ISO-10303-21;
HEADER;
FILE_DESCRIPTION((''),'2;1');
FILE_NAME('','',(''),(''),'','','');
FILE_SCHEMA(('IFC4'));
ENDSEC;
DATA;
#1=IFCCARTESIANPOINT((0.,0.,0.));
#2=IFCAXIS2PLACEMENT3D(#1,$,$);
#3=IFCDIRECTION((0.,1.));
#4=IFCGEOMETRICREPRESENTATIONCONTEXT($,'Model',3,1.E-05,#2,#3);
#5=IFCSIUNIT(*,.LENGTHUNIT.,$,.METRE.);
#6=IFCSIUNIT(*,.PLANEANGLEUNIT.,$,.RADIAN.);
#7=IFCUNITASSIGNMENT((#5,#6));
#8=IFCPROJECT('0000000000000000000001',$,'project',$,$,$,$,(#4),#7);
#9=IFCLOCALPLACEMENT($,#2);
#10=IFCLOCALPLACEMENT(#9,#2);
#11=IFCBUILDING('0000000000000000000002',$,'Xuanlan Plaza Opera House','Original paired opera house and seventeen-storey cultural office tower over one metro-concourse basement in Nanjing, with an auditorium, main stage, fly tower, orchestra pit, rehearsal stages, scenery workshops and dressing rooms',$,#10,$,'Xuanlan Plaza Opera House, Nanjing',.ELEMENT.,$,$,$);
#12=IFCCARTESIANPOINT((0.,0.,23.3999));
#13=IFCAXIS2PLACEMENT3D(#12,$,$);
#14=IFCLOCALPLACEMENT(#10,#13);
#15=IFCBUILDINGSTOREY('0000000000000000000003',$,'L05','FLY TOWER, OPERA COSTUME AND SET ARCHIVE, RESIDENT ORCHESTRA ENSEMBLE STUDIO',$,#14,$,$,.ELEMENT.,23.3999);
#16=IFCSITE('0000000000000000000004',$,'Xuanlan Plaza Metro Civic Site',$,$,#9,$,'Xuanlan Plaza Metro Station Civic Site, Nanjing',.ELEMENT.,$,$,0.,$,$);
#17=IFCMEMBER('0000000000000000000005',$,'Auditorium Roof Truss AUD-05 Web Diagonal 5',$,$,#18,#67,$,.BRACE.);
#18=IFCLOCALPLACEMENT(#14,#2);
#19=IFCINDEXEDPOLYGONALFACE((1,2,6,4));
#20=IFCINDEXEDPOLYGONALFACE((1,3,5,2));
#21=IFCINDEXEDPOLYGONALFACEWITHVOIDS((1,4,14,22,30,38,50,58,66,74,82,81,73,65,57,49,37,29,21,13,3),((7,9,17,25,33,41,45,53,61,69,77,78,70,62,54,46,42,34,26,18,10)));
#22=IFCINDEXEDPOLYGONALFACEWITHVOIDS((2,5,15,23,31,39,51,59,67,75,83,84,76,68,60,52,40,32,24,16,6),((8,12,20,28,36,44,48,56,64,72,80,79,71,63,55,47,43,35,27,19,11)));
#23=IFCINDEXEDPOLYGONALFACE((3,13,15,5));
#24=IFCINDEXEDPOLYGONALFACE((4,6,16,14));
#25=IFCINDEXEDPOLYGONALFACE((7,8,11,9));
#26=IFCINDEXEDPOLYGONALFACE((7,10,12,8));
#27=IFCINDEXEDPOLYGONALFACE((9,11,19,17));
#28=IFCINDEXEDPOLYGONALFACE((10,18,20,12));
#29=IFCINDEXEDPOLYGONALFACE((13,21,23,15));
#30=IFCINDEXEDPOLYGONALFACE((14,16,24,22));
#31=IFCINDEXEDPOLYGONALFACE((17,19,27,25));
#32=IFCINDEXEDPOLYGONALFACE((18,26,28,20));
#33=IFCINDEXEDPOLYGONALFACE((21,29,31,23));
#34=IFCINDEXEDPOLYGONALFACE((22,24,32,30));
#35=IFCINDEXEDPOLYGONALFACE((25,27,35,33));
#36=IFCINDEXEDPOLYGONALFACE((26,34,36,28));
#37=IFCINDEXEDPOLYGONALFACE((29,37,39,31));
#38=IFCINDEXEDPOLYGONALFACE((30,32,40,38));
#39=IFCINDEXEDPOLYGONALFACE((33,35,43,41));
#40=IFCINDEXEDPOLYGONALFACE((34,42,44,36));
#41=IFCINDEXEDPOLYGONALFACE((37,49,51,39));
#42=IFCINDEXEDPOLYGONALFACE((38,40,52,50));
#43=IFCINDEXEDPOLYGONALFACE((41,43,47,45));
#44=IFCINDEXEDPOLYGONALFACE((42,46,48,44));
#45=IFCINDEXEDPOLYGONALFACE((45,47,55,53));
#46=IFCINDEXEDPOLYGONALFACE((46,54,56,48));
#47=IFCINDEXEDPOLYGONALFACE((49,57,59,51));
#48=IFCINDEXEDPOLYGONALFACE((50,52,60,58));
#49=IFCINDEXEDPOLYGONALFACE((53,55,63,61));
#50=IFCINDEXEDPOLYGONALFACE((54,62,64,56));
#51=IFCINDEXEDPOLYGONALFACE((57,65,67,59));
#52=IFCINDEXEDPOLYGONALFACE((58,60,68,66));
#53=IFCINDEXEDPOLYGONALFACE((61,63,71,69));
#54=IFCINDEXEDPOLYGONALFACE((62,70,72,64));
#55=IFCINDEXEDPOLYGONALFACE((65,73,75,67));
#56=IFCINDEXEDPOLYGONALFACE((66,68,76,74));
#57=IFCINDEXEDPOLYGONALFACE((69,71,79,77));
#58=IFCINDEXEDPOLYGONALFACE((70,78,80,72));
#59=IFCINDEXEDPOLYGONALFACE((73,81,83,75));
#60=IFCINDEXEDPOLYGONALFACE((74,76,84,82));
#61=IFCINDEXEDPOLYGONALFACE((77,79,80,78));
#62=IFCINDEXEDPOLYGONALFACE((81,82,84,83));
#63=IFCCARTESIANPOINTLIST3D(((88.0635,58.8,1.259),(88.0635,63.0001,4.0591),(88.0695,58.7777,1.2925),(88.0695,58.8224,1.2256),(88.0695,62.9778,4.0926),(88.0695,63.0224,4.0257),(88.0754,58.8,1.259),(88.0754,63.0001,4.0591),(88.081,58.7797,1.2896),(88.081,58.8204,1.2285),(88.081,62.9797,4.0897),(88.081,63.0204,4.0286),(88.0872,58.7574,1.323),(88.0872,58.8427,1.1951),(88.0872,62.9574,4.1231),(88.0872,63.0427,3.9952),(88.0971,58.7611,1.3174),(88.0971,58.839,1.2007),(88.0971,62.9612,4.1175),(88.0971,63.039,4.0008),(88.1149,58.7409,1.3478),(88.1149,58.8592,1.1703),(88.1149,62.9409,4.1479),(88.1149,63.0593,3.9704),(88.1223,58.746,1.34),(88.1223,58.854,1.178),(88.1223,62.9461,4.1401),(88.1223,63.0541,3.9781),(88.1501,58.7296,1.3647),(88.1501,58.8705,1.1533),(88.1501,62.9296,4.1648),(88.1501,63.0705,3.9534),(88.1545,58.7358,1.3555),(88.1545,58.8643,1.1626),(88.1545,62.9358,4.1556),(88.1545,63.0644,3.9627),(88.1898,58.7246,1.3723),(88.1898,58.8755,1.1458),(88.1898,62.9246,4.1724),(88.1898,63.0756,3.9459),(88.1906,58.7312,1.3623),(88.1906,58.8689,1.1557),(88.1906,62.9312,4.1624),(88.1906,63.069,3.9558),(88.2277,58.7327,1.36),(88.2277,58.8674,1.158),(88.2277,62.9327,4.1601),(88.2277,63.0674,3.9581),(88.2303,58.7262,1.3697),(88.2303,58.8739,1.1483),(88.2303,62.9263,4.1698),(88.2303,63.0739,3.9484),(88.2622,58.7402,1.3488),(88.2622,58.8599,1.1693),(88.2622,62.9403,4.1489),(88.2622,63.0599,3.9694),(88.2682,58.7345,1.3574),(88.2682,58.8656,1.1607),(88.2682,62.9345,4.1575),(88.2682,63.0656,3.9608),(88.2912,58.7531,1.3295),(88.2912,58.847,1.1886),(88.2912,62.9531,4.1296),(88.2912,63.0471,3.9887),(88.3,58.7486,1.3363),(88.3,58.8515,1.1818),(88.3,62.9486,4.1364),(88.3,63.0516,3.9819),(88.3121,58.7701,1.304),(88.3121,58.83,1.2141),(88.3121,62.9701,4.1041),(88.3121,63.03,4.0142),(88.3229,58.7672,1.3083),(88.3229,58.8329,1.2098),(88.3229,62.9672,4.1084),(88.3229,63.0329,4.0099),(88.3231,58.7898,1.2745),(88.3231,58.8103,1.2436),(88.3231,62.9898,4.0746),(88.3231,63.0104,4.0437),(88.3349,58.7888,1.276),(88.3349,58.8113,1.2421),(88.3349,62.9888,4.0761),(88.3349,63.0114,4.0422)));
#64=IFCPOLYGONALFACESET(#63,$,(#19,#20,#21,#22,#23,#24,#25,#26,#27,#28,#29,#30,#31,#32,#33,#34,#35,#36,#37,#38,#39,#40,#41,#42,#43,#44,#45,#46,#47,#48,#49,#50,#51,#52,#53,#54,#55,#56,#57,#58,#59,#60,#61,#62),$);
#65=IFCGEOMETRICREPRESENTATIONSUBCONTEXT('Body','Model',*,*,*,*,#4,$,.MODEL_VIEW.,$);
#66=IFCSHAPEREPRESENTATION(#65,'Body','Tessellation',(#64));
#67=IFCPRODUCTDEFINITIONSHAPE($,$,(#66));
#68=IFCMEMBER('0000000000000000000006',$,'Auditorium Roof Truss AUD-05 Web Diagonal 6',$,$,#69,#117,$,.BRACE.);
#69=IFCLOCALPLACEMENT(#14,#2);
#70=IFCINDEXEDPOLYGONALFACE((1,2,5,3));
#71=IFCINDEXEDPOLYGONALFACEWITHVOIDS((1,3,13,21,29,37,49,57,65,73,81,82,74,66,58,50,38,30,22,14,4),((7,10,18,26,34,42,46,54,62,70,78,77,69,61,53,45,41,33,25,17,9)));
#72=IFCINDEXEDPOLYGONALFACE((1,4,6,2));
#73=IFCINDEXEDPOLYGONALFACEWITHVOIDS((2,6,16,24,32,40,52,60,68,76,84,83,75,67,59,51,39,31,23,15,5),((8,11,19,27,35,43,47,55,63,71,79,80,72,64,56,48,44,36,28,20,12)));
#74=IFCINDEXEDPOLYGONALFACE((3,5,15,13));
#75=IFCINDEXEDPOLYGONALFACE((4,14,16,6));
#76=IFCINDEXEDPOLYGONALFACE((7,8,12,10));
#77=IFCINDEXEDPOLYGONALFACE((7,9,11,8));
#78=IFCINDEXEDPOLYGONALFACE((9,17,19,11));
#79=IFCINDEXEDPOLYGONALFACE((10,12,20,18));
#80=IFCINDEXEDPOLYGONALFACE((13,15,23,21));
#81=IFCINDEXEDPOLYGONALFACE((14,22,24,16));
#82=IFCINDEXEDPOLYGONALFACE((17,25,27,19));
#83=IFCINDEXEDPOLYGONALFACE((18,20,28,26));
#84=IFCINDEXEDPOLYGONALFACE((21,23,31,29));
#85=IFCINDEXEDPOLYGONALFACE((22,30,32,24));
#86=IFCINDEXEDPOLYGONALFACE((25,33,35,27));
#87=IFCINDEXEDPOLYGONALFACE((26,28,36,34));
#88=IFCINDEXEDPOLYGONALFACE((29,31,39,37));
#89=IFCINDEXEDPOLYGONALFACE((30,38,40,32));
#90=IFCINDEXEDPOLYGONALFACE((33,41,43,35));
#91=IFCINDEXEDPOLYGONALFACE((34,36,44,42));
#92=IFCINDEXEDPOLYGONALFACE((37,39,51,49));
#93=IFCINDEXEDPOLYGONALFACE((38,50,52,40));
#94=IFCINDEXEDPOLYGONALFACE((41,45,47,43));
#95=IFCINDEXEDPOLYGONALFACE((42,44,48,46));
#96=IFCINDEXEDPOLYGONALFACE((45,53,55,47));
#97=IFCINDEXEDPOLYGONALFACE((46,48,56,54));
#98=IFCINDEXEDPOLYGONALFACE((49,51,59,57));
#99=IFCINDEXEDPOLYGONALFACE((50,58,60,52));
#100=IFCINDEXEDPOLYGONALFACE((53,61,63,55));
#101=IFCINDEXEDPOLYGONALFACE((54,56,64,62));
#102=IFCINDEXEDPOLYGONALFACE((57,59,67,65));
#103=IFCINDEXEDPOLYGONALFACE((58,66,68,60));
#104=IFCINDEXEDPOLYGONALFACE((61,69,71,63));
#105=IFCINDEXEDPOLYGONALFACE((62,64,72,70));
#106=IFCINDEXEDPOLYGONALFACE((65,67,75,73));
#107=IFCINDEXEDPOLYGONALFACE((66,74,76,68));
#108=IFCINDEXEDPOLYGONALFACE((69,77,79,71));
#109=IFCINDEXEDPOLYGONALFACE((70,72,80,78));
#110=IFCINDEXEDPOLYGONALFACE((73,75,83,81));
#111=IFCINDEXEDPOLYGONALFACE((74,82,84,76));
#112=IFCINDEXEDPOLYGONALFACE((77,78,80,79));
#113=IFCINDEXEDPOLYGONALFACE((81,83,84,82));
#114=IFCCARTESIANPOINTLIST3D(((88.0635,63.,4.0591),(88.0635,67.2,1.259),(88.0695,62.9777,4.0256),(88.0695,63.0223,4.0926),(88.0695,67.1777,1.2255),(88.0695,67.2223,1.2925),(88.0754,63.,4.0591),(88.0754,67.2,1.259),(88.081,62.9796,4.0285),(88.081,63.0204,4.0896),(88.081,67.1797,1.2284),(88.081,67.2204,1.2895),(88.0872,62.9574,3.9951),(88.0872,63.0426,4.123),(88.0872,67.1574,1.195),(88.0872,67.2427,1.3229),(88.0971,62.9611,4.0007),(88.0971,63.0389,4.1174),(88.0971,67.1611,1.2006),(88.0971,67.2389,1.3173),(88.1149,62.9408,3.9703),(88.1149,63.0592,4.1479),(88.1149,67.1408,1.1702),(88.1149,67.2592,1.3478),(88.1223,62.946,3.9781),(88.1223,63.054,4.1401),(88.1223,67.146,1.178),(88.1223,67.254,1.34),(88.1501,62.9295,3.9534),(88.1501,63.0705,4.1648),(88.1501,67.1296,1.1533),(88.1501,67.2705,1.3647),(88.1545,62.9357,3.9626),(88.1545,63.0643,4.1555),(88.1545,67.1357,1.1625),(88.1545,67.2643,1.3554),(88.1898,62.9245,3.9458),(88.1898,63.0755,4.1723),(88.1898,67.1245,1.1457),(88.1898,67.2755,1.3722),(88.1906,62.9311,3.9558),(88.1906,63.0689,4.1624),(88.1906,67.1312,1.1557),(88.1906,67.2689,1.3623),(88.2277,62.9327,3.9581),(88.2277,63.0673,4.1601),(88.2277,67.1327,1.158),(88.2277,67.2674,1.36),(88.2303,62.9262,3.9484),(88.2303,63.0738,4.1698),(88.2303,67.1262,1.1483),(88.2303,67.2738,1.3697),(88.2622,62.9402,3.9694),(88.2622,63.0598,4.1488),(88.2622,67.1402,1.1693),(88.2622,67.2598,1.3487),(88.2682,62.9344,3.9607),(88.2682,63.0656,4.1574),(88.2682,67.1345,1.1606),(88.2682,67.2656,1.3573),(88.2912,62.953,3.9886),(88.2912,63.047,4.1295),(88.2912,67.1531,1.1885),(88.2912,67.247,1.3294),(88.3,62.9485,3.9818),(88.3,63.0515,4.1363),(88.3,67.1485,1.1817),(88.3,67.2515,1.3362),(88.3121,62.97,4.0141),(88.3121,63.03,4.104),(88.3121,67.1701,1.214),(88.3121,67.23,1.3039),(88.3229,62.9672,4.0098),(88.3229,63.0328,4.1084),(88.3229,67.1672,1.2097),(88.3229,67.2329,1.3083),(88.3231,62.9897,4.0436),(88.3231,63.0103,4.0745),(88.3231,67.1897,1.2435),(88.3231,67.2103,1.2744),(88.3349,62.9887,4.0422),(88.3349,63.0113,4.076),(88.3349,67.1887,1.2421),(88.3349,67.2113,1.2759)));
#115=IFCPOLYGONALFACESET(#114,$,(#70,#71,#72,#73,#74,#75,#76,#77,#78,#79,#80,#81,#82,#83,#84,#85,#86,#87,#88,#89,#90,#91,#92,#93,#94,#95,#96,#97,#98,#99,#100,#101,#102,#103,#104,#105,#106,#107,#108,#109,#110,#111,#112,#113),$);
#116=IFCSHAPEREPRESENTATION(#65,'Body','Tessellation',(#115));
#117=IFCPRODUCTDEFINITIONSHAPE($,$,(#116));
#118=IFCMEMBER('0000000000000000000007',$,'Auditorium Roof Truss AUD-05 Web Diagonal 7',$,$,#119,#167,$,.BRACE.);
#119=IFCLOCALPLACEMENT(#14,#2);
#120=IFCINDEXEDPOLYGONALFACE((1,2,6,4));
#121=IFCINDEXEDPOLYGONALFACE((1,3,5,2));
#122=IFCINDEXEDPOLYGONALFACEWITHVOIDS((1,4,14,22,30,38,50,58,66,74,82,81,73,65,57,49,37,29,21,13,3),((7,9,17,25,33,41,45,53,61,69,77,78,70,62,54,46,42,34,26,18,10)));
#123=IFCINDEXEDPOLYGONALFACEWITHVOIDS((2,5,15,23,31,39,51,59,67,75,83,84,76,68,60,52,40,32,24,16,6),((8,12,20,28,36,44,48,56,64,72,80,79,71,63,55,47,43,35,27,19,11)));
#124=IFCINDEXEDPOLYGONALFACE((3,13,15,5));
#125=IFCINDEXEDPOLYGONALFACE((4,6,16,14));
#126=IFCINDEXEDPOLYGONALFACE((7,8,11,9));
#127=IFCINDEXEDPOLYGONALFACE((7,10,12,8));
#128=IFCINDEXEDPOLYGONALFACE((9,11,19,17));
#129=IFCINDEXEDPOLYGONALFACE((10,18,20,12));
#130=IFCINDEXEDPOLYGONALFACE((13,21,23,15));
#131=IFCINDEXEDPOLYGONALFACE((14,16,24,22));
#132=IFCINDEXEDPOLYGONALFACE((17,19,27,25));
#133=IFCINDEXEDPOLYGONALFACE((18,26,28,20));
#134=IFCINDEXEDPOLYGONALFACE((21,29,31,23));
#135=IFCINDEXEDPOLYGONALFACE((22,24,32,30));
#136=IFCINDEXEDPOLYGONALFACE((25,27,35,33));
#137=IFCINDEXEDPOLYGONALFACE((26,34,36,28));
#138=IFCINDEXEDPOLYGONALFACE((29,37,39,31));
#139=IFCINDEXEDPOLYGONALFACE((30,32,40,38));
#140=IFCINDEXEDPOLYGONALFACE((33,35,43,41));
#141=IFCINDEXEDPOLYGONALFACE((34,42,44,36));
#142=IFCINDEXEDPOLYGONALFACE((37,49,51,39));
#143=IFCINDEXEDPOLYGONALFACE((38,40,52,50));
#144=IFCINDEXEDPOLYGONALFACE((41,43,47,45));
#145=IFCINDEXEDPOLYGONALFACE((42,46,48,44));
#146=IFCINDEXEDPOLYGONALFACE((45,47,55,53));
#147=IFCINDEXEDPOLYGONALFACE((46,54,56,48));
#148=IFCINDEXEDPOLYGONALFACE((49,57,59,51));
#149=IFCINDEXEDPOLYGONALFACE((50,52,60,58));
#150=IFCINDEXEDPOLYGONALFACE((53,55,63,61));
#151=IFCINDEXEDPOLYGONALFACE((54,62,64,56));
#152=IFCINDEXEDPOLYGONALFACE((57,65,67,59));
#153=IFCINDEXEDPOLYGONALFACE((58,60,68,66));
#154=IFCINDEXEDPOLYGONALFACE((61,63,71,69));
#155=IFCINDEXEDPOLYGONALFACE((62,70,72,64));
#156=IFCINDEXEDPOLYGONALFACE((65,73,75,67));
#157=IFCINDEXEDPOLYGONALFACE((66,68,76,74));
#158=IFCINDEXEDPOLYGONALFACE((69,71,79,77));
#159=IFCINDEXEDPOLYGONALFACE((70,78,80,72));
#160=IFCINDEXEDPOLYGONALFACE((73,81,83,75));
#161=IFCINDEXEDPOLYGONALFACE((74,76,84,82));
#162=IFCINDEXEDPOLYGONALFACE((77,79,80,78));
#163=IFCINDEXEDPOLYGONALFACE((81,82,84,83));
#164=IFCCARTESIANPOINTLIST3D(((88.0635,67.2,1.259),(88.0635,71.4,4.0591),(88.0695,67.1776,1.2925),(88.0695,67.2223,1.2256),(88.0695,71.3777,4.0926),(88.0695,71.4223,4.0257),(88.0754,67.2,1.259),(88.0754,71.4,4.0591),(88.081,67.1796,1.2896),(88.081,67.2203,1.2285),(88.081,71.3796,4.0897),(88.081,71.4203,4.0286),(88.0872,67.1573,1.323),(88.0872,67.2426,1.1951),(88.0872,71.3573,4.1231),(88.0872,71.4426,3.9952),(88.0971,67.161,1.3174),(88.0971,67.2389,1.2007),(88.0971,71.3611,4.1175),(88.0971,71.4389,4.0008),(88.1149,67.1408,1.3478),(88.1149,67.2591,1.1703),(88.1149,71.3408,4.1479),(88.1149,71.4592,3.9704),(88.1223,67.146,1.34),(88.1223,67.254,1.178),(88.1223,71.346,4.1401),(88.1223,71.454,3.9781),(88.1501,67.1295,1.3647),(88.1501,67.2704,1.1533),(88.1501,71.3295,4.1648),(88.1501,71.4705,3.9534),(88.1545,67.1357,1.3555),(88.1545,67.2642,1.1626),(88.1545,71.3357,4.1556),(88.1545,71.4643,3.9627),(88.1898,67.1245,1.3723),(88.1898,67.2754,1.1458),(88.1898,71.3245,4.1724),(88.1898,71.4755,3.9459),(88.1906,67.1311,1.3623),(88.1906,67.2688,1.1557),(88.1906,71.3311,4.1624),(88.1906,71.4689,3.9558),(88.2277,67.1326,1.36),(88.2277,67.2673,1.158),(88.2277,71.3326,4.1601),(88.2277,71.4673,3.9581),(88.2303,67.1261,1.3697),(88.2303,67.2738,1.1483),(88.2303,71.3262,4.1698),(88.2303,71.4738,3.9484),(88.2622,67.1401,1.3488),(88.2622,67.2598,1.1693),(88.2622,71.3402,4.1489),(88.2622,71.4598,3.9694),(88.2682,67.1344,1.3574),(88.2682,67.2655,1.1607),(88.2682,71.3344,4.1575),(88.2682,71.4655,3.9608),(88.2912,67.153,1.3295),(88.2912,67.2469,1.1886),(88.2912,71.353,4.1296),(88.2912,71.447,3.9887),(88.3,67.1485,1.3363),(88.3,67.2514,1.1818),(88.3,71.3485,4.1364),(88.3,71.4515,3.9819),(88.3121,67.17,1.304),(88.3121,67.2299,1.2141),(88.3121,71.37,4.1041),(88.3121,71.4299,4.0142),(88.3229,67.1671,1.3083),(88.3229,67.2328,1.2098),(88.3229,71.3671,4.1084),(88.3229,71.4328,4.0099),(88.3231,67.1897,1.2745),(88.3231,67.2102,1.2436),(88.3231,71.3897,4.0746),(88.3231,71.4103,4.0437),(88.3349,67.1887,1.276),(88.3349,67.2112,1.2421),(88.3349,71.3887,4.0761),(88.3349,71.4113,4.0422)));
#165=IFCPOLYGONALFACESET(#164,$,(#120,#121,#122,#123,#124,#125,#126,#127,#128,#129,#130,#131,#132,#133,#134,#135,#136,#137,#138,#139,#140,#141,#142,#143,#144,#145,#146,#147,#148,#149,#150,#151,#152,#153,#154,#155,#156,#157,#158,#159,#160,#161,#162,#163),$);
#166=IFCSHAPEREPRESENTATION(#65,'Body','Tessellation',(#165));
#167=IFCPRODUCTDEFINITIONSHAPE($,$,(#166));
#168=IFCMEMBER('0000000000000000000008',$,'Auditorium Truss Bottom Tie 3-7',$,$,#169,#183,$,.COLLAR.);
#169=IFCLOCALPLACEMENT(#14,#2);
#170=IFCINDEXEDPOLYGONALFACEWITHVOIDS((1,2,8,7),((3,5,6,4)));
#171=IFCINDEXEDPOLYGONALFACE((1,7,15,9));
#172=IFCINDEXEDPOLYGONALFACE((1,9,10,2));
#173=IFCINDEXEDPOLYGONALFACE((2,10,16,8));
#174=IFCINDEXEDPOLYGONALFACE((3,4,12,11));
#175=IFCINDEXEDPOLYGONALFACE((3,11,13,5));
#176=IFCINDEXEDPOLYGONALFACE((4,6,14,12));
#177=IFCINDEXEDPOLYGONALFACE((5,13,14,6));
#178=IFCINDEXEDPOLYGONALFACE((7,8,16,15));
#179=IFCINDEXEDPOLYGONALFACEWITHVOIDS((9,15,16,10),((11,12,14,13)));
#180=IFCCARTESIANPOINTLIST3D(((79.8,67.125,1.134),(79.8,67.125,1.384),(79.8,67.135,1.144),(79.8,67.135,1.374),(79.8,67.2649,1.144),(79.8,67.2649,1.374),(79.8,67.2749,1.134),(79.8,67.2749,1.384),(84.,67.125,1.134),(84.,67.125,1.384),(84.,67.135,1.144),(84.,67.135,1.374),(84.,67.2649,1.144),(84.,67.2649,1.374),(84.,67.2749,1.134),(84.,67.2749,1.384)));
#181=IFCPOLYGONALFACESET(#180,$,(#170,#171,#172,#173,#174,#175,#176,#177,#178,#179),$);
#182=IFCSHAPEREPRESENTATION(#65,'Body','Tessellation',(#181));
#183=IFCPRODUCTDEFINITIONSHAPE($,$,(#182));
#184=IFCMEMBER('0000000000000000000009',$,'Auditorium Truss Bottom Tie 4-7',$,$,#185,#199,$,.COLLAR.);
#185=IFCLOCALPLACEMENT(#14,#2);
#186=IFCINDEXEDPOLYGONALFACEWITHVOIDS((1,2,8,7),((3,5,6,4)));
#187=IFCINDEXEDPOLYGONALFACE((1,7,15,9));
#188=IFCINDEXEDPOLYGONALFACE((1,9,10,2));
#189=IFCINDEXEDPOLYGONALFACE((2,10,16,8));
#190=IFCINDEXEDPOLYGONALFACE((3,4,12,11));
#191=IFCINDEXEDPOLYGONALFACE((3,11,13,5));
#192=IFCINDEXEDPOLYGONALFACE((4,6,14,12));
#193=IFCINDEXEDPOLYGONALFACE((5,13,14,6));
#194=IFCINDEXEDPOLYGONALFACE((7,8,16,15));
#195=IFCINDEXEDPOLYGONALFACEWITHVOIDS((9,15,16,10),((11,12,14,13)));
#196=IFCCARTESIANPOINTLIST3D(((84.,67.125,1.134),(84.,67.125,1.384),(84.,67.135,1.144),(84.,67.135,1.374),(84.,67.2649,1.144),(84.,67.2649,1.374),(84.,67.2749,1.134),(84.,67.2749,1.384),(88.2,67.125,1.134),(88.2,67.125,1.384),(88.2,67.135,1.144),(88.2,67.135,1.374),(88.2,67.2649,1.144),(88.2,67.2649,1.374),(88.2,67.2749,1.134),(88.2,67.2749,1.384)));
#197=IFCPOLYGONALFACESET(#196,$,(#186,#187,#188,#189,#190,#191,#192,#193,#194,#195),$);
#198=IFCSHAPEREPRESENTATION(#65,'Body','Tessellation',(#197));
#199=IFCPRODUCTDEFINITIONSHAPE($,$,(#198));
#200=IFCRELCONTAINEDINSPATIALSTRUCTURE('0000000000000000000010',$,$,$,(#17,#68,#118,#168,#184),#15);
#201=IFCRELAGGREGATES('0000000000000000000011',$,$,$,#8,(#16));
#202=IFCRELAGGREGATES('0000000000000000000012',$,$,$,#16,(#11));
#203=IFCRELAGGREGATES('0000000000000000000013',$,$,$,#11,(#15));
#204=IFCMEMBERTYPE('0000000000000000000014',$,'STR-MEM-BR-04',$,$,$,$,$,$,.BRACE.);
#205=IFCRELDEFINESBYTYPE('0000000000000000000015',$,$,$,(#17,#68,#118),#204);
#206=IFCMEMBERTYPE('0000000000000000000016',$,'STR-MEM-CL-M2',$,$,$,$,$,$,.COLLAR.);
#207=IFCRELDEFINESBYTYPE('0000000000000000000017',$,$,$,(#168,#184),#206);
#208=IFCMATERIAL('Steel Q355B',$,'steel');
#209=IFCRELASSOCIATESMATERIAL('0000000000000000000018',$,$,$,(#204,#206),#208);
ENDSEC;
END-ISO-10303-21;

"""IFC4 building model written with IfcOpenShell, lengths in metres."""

from ifc_helpers import new_model, si_unit, direction, frame, origin, origin_2d, place, context, subcontext, project, spatial, hollow_rectangle, hollow_circle, extrude, material, material_profile, profile_set, type_object, element, save


model = new_model("IFC4")

# Units and contexts
model_context = context("Model", 3, precision=1e-05, world=origin(), true_north=direction((0.0, 1.0)))
body_context = subcontext(model_context, "Body", "Model", "MODEL_VIEW")
ifc_project = project(units=[si_unit("LENGTHUNIT", "METRE"), si_unit("PLANEANGLEUNIT", "RADIAN")], contexts=[model_context])

# Site, building, storey
site_placement = place(None, origin())
site = spatial("IfcSite", under=ifc_project, at=site_placement, Name="Xuanlan Plaza Metro Civic Site", LongName="Xuanlan Plaza Metro Station Civic Site, Nanjing", CompositionType="ELEMENT", RefElevation=0.0)
building_placement = place(site_placement, origin())
building = spatial("IfcBuilding", under=site, at=building_placement, Name="Xuanlan Plaza Opera House", Description="Original paired opera house and seventeen-storey cultural office tower over one metro-concourse basement in Nanjing, with an auditorium, main stage, fly tower, orchestra pit, rehearsal stages, scenery workshops and dressing rooms", LongName="Xuanlan Plaza Opera House, Nanjing", CompositionType="ELEMENT")
storey_placement = place(building_placement, frame((0.0, 0.0, 23.3999)))
storey = spatial("IfcBuildingStorey", under=building, at=storey_placement, Name="L05", Description="FLY TOWER, OPERA COSTUME AND SET ARCHIVE, RESIDENT ORCHESTRA ENSEMBLE STUDIO", CompositionType="ELEMENT", Elevation=23.3999)

# Members
ifc_material_1 = material(Name="Steel Q355B", Category="steel")
ifc_material_profile_1 = material_profile(ifc_material_1, hollow_circle(Radius=0.1365, WallThickness=0.012, at=origin_2d()), Name="CHS 273x12")
ifc_profile_set_1 = profile_set([ifc_material_profile_1], Name="Steel Q355B")
member_type_1 = type_object("IfcMemberType", Name="STR-MEM-BR-04", PredefinedType="BRACE", material=ifc_profile_set_1)
for number, where, z_axis, x_axis, name in (
    (1, (88.2, 58.8, 1.259), (0.0, 0.832043, 0.554711), (-1.0, 0.0, 0.0), "Auditorium Roof Truss AUD-05 Web Diagonal 5"),
    (2, (88.2, 63.0, 4.0591), (0.0, 0.832043, -0.554711), (-1.0, 0.0, 0.0), "Auditorium Roof Truss AUD-05 Web Diagonal 6"),
    (3, (88.2, 67.2, 1.259), (0.0, 0.832043, 0.554711), (-1.0, 0.0, 0.0), "Auditorium Roof Truss AUD-05 Web Diagonal 7"),
):
    element("IfcMember", number, at=place(storey_placement, frame(where, z_axis=z_axis, x_axis=x_axis)), inside=storey, type_object=member_type_1, Name=name, PredefinedType="BRACE", context=body_context, shape_type="SweptSolid", body=[
        extrude(hollow_circle(Radius=0.1365, WallThickness=0.012, at=origin_2d()), origin(), (0.0, 0.0, 1.0), 5.0479),
    ])
ifc_material_profile_2 = material_profile(ifc_material_1, hollow_rectangle(XDim=0.1499, YDim=0.25, WallThickness=0.01, at=origin_2d()), Name="RHS 250x150x10")
ifc_profile_set_2 = profile_set([ifc_material_profile_2], Name="Steel Q355B")
member_type_2 = type_object("IfcMemberType", Name="STR-MEM-CL-M2", PredefinedType="COLLAR", material=ifc_profile_set_2)
for number, where, z_axis, x_axis, name in (
    (4, (79.8, 67.2, 1.259), (1.0, 0.0, 0.0), (0.0, 1.0, 0.0), "Auditorium Truss Bottom Tie 3-7"),
    (5, (84.0, 67.2, 1.259), (1.0, 0.0, 0.0), (0.0, 1.0, 0.0), "Auditorium Truss Bottom Tie 4-7"),
):
    element("IfcMember", number, at=place(storey_placement, frame(where, z_axis=z_axis, x_axis=x_axis)), inside=storey, type_object=member_type_2, Name=name, PredefinedType="COLLAR", context=body_context, shape_type="SweptSolid", body=[
        extrude(hollow_rectangle(XDim=0.1499, YDim=0.25, WallThickness=0.01, at=origin_2d()), origin(), (0.0, 0.0, 1.0), 4.2),
    ])

save(model, "model.ifc")
